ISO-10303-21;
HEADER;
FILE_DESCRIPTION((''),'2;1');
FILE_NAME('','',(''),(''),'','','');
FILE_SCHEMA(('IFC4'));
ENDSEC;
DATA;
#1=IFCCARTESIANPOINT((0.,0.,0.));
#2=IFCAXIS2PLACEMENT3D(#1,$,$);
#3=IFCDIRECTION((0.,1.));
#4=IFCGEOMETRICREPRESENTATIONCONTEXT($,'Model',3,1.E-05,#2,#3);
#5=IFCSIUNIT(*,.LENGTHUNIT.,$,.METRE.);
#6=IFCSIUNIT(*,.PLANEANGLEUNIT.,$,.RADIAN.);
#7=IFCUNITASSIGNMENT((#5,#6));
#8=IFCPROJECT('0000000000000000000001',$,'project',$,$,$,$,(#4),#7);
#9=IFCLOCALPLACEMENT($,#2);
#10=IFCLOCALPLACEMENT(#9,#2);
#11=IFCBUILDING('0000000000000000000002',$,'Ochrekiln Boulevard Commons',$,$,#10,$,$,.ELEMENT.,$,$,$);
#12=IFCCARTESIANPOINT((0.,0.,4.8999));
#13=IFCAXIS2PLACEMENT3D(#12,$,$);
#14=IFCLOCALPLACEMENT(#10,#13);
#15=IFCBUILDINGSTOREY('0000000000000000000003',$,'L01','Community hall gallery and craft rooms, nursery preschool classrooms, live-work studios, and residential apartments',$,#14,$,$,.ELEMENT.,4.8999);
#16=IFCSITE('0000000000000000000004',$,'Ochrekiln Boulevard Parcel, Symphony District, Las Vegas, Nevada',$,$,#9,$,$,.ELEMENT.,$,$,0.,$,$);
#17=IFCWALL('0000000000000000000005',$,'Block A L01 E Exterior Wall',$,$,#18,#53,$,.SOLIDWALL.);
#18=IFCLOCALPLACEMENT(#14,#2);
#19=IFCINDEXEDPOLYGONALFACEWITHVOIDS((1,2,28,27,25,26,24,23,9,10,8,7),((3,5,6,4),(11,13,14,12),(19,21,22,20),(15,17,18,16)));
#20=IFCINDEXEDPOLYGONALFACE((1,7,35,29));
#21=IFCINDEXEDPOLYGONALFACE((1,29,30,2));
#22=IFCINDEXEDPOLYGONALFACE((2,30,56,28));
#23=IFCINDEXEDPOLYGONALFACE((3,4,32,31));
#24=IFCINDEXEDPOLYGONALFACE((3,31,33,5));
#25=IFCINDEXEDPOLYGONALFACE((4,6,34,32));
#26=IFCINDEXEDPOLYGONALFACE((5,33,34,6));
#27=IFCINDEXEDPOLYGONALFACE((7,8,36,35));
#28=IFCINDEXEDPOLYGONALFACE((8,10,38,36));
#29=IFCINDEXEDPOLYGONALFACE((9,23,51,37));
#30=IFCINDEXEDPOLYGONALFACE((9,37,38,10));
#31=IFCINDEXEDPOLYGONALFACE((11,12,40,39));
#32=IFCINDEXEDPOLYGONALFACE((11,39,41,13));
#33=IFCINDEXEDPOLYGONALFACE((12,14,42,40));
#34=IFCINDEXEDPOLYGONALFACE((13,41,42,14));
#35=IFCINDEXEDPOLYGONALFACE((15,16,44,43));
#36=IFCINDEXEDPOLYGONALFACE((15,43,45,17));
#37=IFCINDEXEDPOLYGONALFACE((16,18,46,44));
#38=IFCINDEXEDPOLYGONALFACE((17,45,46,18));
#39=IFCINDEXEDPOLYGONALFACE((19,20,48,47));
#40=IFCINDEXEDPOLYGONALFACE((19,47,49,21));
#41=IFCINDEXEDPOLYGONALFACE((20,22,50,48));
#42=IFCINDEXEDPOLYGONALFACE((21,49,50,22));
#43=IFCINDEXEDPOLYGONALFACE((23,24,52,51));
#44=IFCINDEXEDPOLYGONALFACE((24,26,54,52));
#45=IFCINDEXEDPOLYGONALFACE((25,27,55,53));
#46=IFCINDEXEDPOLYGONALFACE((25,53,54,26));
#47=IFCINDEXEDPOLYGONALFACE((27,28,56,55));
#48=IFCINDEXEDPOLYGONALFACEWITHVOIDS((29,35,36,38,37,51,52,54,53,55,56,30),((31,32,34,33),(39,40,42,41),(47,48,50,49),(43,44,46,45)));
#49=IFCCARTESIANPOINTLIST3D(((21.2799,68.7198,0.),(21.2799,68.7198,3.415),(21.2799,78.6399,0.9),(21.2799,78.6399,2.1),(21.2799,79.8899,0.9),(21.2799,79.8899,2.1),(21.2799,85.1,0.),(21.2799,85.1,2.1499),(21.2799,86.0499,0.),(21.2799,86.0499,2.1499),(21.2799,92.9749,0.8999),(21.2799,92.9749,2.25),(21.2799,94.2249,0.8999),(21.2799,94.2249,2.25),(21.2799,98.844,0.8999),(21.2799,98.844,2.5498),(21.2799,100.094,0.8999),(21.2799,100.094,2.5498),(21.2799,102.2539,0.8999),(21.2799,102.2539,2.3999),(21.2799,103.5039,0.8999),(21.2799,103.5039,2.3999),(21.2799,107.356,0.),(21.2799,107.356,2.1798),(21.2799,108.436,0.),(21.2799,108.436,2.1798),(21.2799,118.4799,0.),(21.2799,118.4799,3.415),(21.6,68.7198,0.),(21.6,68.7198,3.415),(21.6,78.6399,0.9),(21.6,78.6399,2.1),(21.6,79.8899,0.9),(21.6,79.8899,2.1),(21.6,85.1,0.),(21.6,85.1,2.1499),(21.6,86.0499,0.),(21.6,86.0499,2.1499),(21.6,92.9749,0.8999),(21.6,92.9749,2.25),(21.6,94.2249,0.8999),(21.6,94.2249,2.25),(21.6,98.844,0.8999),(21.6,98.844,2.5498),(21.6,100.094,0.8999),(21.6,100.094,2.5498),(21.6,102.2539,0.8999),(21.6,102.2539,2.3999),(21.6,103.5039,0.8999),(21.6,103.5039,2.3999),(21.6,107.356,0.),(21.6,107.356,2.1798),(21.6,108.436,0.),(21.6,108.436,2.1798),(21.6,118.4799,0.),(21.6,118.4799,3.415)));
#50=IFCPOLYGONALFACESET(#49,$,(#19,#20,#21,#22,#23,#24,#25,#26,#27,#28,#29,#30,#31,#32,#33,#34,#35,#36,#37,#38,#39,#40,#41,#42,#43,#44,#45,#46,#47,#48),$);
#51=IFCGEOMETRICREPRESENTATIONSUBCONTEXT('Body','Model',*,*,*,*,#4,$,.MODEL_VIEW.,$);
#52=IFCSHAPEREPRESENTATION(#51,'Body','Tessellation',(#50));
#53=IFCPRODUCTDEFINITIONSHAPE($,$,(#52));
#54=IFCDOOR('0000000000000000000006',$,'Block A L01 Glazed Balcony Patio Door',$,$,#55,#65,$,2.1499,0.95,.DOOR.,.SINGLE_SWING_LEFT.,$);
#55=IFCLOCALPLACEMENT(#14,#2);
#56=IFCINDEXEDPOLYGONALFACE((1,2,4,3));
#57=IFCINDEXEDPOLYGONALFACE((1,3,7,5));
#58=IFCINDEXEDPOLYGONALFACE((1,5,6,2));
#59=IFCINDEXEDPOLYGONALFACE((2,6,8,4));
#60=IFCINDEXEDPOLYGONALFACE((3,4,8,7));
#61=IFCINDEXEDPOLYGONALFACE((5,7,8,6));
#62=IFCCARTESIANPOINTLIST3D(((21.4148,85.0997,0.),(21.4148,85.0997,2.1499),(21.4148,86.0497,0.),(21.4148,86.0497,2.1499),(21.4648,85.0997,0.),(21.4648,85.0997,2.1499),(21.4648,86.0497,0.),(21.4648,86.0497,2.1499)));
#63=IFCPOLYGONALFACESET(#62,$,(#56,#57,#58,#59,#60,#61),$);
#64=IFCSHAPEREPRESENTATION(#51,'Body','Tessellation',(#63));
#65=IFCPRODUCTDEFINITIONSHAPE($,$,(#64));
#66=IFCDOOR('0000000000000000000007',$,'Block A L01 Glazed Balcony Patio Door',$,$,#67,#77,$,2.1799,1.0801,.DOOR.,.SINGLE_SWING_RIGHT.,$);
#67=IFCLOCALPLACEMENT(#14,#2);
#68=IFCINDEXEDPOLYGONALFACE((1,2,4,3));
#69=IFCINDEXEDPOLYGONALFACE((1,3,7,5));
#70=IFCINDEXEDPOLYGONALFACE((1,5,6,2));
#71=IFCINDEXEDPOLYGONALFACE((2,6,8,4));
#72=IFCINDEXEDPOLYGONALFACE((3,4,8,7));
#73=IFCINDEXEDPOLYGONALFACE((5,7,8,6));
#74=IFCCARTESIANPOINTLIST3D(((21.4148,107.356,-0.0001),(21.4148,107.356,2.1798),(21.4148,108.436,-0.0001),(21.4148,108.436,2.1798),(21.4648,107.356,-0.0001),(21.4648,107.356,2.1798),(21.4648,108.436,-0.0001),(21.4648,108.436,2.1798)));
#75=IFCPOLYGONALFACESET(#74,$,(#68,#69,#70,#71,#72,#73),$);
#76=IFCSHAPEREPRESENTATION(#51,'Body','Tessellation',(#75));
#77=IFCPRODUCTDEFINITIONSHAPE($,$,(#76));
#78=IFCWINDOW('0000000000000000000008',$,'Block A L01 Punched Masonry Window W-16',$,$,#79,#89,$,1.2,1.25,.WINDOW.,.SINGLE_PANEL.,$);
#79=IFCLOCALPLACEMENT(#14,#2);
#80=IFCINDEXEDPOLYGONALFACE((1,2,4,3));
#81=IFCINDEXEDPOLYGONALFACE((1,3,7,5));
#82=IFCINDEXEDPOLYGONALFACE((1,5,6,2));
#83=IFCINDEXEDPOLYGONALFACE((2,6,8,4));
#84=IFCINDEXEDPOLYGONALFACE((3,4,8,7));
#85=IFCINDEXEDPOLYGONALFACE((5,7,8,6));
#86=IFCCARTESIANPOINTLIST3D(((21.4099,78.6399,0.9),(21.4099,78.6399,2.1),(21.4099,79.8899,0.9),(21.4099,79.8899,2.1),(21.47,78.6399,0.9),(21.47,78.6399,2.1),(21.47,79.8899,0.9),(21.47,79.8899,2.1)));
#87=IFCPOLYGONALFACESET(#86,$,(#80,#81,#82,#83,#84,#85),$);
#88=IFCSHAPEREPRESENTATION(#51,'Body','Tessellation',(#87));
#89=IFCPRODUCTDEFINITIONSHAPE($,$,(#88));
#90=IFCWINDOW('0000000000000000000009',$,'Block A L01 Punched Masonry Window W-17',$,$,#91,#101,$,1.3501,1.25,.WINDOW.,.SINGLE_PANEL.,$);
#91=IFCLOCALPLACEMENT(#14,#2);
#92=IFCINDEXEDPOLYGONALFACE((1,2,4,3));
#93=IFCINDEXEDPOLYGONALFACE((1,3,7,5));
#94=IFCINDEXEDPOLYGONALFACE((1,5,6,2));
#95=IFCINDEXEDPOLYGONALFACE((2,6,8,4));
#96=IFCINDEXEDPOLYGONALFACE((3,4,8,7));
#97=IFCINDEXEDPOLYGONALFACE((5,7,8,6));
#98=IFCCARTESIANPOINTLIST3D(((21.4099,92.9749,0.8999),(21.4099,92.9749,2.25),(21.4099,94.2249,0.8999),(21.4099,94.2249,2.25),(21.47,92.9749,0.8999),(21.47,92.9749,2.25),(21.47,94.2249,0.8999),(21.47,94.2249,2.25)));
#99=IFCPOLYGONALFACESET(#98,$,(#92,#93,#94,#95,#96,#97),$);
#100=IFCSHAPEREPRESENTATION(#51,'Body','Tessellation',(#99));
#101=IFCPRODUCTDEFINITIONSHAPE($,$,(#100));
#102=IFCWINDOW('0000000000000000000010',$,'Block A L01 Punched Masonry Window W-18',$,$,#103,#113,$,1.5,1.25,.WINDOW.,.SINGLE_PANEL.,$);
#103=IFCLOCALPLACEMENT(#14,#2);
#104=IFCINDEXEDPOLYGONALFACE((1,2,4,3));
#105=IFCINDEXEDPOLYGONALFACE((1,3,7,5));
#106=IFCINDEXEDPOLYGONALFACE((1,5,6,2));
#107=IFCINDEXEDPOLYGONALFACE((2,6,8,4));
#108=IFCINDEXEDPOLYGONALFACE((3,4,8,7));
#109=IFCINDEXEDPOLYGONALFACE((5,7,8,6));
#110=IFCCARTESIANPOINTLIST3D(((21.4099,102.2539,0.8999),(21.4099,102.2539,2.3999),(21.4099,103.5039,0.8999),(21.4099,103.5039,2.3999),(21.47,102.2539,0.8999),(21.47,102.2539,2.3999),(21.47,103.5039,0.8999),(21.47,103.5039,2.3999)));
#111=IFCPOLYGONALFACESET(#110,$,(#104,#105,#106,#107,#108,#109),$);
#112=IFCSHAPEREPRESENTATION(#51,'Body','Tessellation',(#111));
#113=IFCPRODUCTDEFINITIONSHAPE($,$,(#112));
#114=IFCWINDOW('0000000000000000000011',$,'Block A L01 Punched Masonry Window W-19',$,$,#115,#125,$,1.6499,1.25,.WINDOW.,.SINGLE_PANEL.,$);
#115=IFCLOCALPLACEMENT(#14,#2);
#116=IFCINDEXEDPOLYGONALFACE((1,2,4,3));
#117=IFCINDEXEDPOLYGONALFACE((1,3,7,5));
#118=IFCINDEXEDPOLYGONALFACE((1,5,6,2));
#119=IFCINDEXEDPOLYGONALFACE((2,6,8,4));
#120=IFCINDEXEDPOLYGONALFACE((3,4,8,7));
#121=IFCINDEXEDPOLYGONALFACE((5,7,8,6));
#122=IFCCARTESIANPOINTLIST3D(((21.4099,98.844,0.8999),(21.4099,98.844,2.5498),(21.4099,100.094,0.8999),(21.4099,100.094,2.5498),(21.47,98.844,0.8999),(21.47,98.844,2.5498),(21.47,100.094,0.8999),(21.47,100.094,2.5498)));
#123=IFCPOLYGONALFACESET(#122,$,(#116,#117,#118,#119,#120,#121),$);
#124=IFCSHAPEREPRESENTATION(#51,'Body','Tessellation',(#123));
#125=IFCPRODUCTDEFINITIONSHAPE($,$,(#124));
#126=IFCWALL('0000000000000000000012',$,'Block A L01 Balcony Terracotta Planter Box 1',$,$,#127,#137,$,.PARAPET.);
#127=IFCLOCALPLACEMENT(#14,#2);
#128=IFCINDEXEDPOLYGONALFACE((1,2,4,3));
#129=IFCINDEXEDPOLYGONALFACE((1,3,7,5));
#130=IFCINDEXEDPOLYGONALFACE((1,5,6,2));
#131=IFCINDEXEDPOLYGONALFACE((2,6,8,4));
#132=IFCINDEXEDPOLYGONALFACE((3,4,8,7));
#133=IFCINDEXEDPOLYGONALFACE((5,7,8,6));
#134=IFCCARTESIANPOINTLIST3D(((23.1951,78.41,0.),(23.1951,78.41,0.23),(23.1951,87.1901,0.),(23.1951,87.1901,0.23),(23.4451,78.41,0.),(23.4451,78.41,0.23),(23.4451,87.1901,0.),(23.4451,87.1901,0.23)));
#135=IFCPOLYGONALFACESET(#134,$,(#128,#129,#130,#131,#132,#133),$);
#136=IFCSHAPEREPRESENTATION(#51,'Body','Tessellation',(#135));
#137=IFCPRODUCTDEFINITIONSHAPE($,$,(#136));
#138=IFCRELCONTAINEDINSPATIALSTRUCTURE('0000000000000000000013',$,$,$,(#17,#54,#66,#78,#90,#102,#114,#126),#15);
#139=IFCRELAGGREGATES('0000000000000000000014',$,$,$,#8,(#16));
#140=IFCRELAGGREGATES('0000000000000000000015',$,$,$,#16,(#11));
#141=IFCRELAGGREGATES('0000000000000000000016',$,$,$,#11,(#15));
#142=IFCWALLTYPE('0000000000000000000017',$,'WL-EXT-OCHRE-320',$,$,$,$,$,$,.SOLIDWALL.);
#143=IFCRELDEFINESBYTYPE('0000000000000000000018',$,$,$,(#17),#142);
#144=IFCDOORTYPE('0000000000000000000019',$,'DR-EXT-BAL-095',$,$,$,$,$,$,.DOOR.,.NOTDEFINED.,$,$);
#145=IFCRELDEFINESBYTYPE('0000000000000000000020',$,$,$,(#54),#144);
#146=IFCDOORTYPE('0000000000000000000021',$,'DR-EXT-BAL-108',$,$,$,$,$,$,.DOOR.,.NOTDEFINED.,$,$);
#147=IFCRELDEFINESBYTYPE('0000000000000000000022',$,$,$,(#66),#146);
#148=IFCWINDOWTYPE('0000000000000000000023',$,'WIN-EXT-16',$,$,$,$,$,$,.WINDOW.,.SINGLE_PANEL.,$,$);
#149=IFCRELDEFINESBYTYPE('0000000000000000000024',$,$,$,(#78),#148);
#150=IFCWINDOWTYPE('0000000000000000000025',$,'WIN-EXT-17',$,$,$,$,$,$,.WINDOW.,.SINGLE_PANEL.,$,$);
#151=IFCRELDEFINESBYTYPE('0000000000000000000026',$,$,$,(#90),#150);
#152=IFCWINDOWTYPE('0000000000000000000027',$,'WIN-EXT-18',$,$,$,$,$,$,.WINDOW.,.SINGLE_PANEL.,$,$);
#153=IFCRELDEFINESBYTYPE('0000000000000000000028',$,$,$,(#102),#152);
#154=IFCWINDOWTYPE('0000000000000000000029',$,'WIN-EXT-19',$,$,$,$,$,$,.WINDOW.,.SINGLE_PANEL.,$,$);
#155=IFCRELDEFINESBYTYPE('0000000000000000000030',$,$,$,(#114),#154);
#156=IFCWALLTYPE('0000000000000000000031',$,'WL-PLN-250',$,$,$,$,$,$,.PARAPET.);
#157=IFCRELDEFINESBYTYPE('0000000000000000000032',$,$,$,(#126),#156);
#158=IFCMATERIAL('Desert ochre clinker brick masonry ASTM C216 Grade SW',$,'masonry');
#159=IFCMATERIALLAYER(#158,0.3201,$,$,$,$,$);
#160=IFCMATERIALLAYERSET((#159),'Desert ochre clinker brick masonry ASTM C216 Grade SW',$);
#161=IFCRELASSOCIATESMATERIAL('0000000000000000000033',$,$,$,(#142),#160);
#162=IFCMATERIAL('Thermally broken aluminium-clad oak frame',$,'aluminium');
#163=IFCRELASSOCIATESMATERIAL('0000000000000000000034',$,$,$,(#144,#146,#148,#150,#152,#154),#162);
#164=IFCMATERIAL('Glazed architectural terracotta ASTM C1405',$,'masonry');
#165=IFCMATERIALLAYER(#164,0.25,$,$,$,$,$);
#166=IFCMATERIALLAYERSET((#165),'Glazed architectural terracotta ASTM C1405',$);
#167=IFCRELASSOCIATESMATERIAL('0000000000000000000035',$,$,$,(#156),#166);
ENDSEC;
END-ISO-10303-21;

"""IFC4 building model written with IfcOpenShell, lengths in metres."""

from ifc_helpers import new_model, si_unit, direction, frame, frame_2d, origin, place, context, subcontext, project, spatial, rectangle, extrude, material, layer, layer_set, type_object, element, fill, save


model = new_model("IFC4")

# Units and contexts
model_context = context("Model", 3, precision=1e-05, world=origin(), true_north=direction((0.0, 1.0)))
body_context = subcontext(model_context, "Body", "Model", "MODEL_VIEW")
ifc_project = project(units=[si_unit("LENGTHUNIT", "METRE"), si_unit("PLANEANGLEUNIT", "RADIAN")], contexts=[model_context])

# Site, building, storey
site_placement = place(None, origin())
site = spatial("IfcSite", under=ifc_project, at=site_placement, Name="Ochrekiln Boulevard Parcel, Symphony District, Las Vegas, Nevada", CompositionType="ELEMENT", RefElevation=0.0)
building_placement = place(site_placement, origin())
building = spatial("IfcBuilding", under=site, at=building_placement, Name="Ochrekiln Boulevard Commons", CompositionType="ELEMENT")
storey_placement = place(building_placement, frame((0.0, 0.0, 4.8999)))
storey = spatial("IfcBuildingStorey", under=building, at=storey_placement, Name="L01", Description="Community hall gallery and craft rooms, nursery preschool classrooms, live-work studios, and residential apartments", CompositionType="ELEMENT", Elevation=4.8999)

# Wall, openings, doors, windows
ifc_material_1 = material(Name="Desert ochre clinker brick masonry ASTM C216 Grade SW", Category="masonry")
ifc_layer_1 = layer(ifc_material_1, 0.3201)
ifc_layer_set_1 = layer_set([ifc_layer_1], Name="Desert ochre clinker brick masonry ASTM C216 Grade SW")
wall_type_1 = type_object("IfcWallType", Name="WL-EXT-OCHRE-320", PredefinedType="SOLIDWALL", material=ifc_layer_set_1)
wall_1_placement = place(storey_placement, frame((21.4399, 68.72, 0.0), z_axis=(0.0, 0.0, 1.0), x_axis=(0.0, 1.0, 0.0)))
wall_1 = element("IfcWall", 1, at=wall_1_placement, inside=storey, type_object=wall_type_1, Name="Block A L01 E Exterior Wall", PredefinedType="SOLIDWALL", context=body_context, shape_type="SweptSolid", body=[
    extrude(rectangle(XDim=49.76, YDim=0.3201, at=frame_2d((24.8799, 0.0))), origin(), (0.0, 0.0, 1.0), 3.415),
])
opening_1_placement = place(wall_1_placement, frame((16.3799, 0.0, 0.0)))
opening_1 = element("IfcOpeningElement", 2, at=opening_1_placement, cuts=wall_1, PredefinedType="OPENING", context=body_context, shape_type="SweptSolid", body=[
    extrude(rectangle(XDim=0.95, YDim=2.1499, at=frame_2d((0.4751, 1.075))), frame((0.0, 0.1699, 0.0), z_axis=(0.0, -1.0, 0.0), x_axis=(1.0, 0.0, 0.0)), (0.0, 0.0, 1.0), 0.3401),
])
opening_2_placement = place(wall_1_placement, frame((9.9199, 0.0, 0.8999)))
opening_2 = element("IfcOpeningElement", 3, at=opening_2_placement, cuts=wall_1, PredefinedType="OPENING", context=body_context, shape_type="SweptSolid", body=[
    extrude(rectangle(XDim=1.25, YDim=1.2, at=frame_2d((0.625, 0.6001))), frame((0.0, 0.1699, 0.0), z_axis=(0.0, -1.0, 0.0), x_axis=(1.0, 0.0, 0.0)), (0.0, 0.0, 1.0), 0.3401),
])
opening_3_placement = place(wall_1_placement, frame((24.2549, 0.0, 0.8999)))
opening_3 = element("IfcOpeningElement", 4, at=opening_3_placement, cuts=wall_1, PredefinedType="OPENING", context=body_context, shape_type="SweptSolid", body=[
    extrude(rectangle(XDim=1.25, YDim=1.3501, at=frame_2d((0.625, 0.675))), frame((0.0, 0.1699, 0.0), z_axis=(0.0, -1.0, 0.0), x_axis=(1.0, 0.0, 0.0)), (0.0, 0.0, 1.0), 0.3401),
])
opening_4_placement = place(wall_1_placement, frame((33.5339, 0.0, 0.8999)))
opening_4 = element("IfcOpeningElement", 5, at=opening_4_placement, cuts=wall_1, PredefinedType="OPENING", context=body_context, shape_type="SweptSolid", body=[
    extrude(rectangle(XDim=1.25, YDim=1.5, at=frame_2d((0.625, 0.75))), frame((0.0, 0.1699, 0.0), z_axis=(0.0, -1.0, 0.0), x_axis=(1.0, 0.0, 0.0)), (0.0, 0.0, 1.0), 0.3401),
])
opening_5_placement = place(wall_1_placement, frame((30.124, 0.0, 0.8999)))
opening_5 = element("IfcOpeningElement", 6, at=opening_5_placement, cuts=wall_1, PredefinedType="OPENING", context=body_context, shape_type="SweptSolid", body=[
    extrude(rectangle(XDim=1.25, YDim=1.6499, at=frame_2d((0.625, 0.825))), frame((0.0, 0.1699, 0.0), z_axis=(0.0, -1.0, 0.0), x_axis=(1.0, 0.0, 0.0)), (0.0, 0.0, 1.0), 0.3401),
])
opening_6_placement = place(wall_1_placement, frame((38.636, 0.0, 0.0)))
opening_6 = element("IfcOpeningElement", 7, at=opening_6_placement, cuts=wall_1, PredefinedType="OPENING", context=body_context, shape_type="SweptSolid", body=[
    extrude(rectangle(XDim=1.0801, YDim=2.1799, at=frame_2d((0.54, 1.0898))), frame((0.0, 0.1699, 0.0), z_axis=(0.0, -1.0, 0.0), x_axis=(1.0, 0.0, 0.0)), (0.0, 0.0, 1.0), 0.3401),
])
ifc_material_2 = material(Name="Thermally broken aluminium-clad oak frame", Category="aluminium")
door_type_1 = type_object("IfcDoorType", Name="DR-EXT-BAL-095", OperationType="NOTDEFINED", PredefinedType="DOOR", material=ifc_material_2)
door_1_placement = place(opening_1_placement, frame((0.95, 0.0, 0.0), z_axis=(0.0, 0.0, 1.0), x_axis=(-1.0, 0.0, 0.0)))
door_1 = element("IfcDoor", 8, at=door_1_placement, inside=storey, type_object=door_type_1, Name="Block A L01 Glazed Balcony Patio Door", OperationType="SINGLE_SWING_LEFT", OverallHeight=2.1499, OverallWidth=0.95, PredefinedType="DOOR", context=body_context, shape_type="SweptSolid", body=[
    extrude(rectangle(XDim=0.95, YDim=2.1499, at=frame_2d((0.4751, 1.075))), frame((0.0, 0.0249, 0.0), z_axis=(0.0, -1.0, 0.0), x_axis=(1.0, 0.0, 0.0)), (0.0, 0.0, 1.0), 0.05),
])
fill(opening_1, door_1)
door_type_2 = type_object("IfcDoorType", Name="DR-EXT-BAL-108", OperationType="NOTDEFINED", PredefinedType="DOOR", material=ifc_material_2)
door_2_placement = place(opening_6_placement, frame((1.0801, 0.0, 0.0), z_axis=(0.0, 0.0, 1.0), x_axis=(-1.0, 0.0, 0.0)))
door_2 = element("IfcDoor", 9, at=door_2_placement, inside=storey, type_object=door_type_2, Name="Block A L01 Glazed Balcony Patio Door", OperationType="SINGLE_SWING_RIGHT", OverallHeight=2.1799, OverallWidth=1.0801, PredefinedType="DOOR", context=body_context, shape_type="SweptSolid", body=[
    extrude(rectangle(XDim=1.0801, YDim=2.1799, at=frame_2d((0.54, 1.0898))), frame((0.0, 0.0249, 0.0), z_axis=(0.0, -1.0, 0.0), x_axis=(1.0, 0.0, 0.0)), (0.0, 0.0, 1.0), 0.05),
])
fill(opening_6, door_2)
window_type_1 = type_object("IfcWindowType", Name="WIN-EXT-16", PartitioningType="SINGLE_PANEL", PredefinedType="WINDOW", material=ifc_material_2)
window_1_placement = place(opening_2_placement, origin())
window_1 = element("IfcWindow", 10, at=window_1_placement, inside=storey, type_object=window_type_1, Name="Block A L01 Punched Masonry Window W-16", OverallHeight=1.2, OverallWidth=1.25, PartitioningType="SINGLE_PANEL", PredefinedType="WINDOW", context=body_context, shape_type="SweptSolid", body=[
    extrude(rectangle(XDim=1.25, YDim=1.2, at=frame_2d((0.625, 0.6001))), frame((0.0, 0.03, 0.0), z_axis=(0.0, -1.0, 0.0), x_axis=(1.0, 0.0, 0.0)), (0.0, 0.0, 1.0), 0.0601),
])
fill(opening_2, window_1)
window_type_2 = type_object("IfcWindowType", Name="WIN-EXT-17", PartitioningType="SINGLE_PANEL", PredefinedType="WINDOW", material=ifc_material_2)
window_2_placement = place(opening_3_placement, origin())
window_2 = element("IfcWindow", 11, at=window_2_placement, inside=storey, type_object=window_type_2, Name="Block A L01 Punched Masonry Window W-17", OverallHeight=1.3501, OverallWidth=1.25, PartitioningType="SINGLE_PANEL", PredefinedType="WINDOW", context=body_context, shape_type="SweptSolid", body=[
    extrude(rectangle(XDim=1.25, YDim=1.3501, at=frame_2d((0.625, 0.675))), frame((0.0, 0.03, 0.0), z_axis=(0.0, -1.0, 0.0), x_axis=(1.0, 0.0, 0.0)), (0.0, 0.0, 1.0), 0.0601),
])
fill(opening_3, window_2)
window_type_3 = type_object("IfcWindowType", Name="WIN-EXT-18", PartitioningType="SINGLE_PANEL", PredefinedType="WINDOW", material=ifc_material_2)
window_3_placement = place(opening_4_placement, origin())
window_3 = element("IfcWindow", 12, at=window_3_placement, inside=storey, type_object=window_type_3, Name="Block A L01 Punched Masonry Window W-18", OverallHeight=1.5, OverallWidth=1.25, PartitioningType="SINGLE_PANEL", PredefinedType="WINDOW", context=body_context, shape_type="SweptSolid", body=[
    extrude(rectangle(XDim=1.25, YDim=1.5, at=frame_2d((0.625, 0.75))), frame((0.0, 0.03, 0.0), z_axis=(0.0, -1.0, 0.0), x_axis=(1.0, 0.0, 0.0)), (0.0, 0.0, 1.0), 0.0601),
])
fill(opening_4, window_3)
window_type_4 = type_object("IfcWindowType", Name="WIN-EXT-19", PartitioningType="SINGLE_PANEL", PredefinedType="WINDOW", material=ifc_material_2)
window_4_placement = place(opening_5_placement, origin())
window_4 = element("IfcWindow", 13, at=window_4_placement, inside=storey, type_object=window_type_4, Name="Block A L01 Punched Masonry Window W-19", OverallHeight=1.6499, OverallWidth=1.25, PartitioningType="SINGLE_PANEL", PredefinedType="WINDOW", context=body_context, shape_type="SweptSolid", body=[
    extrude(rectangle(XDim=1.25, YDim=1.6499, at=frame_2d((0.625, 0.825))), frame((0.0, 0.03, 0.0), z_axis=(0.0, -1.0, 0.0), x_axis=(1.0, 0.0, 0.0)), (0.0, 0.0, 1.0), 0.0601),
])
fill(opening_5, window_4)

# Wall
ifc_material_3 = material(Name="Glazed architectural terracotta ASTM C1405", Category="masonry")
ifc_layer_2 = layer(ifc_material_3, 0.25)
ifc_layer_set_2 = layer_set([ifc_layer_2], Name="Glazed architectural terracotta ASTM C1405")
wall_type_2 = type_object("IfcWallType", Name="WL-PLN-250", PredefinedType="PARAPET", material=ifc_layer_set_2)
wall_2_placement = place(storey_placement, frame((23.3201, 78.4099, 0.0), z_axis=(0.0, 0.0, 1.0), x_axis=(0.0, 1.0, 0.0)))
element("IfcWall", 14, at=wall_2_placement, inside=storey, type_object=wall_type_2, Name="Block A L01 Balcony Terracotta Planter Box 1", PredefinedType="PARAPET", context=body_context, shape_type="SweptSolid", body=[
    extrude(rectangle(XDim=8.78, YDim=0.25, at=frame_2d((4.3901, 0.0))), origin(), (0.0, 0.0, 1.0), 0.23),
])

save(model, "model.ifc")
